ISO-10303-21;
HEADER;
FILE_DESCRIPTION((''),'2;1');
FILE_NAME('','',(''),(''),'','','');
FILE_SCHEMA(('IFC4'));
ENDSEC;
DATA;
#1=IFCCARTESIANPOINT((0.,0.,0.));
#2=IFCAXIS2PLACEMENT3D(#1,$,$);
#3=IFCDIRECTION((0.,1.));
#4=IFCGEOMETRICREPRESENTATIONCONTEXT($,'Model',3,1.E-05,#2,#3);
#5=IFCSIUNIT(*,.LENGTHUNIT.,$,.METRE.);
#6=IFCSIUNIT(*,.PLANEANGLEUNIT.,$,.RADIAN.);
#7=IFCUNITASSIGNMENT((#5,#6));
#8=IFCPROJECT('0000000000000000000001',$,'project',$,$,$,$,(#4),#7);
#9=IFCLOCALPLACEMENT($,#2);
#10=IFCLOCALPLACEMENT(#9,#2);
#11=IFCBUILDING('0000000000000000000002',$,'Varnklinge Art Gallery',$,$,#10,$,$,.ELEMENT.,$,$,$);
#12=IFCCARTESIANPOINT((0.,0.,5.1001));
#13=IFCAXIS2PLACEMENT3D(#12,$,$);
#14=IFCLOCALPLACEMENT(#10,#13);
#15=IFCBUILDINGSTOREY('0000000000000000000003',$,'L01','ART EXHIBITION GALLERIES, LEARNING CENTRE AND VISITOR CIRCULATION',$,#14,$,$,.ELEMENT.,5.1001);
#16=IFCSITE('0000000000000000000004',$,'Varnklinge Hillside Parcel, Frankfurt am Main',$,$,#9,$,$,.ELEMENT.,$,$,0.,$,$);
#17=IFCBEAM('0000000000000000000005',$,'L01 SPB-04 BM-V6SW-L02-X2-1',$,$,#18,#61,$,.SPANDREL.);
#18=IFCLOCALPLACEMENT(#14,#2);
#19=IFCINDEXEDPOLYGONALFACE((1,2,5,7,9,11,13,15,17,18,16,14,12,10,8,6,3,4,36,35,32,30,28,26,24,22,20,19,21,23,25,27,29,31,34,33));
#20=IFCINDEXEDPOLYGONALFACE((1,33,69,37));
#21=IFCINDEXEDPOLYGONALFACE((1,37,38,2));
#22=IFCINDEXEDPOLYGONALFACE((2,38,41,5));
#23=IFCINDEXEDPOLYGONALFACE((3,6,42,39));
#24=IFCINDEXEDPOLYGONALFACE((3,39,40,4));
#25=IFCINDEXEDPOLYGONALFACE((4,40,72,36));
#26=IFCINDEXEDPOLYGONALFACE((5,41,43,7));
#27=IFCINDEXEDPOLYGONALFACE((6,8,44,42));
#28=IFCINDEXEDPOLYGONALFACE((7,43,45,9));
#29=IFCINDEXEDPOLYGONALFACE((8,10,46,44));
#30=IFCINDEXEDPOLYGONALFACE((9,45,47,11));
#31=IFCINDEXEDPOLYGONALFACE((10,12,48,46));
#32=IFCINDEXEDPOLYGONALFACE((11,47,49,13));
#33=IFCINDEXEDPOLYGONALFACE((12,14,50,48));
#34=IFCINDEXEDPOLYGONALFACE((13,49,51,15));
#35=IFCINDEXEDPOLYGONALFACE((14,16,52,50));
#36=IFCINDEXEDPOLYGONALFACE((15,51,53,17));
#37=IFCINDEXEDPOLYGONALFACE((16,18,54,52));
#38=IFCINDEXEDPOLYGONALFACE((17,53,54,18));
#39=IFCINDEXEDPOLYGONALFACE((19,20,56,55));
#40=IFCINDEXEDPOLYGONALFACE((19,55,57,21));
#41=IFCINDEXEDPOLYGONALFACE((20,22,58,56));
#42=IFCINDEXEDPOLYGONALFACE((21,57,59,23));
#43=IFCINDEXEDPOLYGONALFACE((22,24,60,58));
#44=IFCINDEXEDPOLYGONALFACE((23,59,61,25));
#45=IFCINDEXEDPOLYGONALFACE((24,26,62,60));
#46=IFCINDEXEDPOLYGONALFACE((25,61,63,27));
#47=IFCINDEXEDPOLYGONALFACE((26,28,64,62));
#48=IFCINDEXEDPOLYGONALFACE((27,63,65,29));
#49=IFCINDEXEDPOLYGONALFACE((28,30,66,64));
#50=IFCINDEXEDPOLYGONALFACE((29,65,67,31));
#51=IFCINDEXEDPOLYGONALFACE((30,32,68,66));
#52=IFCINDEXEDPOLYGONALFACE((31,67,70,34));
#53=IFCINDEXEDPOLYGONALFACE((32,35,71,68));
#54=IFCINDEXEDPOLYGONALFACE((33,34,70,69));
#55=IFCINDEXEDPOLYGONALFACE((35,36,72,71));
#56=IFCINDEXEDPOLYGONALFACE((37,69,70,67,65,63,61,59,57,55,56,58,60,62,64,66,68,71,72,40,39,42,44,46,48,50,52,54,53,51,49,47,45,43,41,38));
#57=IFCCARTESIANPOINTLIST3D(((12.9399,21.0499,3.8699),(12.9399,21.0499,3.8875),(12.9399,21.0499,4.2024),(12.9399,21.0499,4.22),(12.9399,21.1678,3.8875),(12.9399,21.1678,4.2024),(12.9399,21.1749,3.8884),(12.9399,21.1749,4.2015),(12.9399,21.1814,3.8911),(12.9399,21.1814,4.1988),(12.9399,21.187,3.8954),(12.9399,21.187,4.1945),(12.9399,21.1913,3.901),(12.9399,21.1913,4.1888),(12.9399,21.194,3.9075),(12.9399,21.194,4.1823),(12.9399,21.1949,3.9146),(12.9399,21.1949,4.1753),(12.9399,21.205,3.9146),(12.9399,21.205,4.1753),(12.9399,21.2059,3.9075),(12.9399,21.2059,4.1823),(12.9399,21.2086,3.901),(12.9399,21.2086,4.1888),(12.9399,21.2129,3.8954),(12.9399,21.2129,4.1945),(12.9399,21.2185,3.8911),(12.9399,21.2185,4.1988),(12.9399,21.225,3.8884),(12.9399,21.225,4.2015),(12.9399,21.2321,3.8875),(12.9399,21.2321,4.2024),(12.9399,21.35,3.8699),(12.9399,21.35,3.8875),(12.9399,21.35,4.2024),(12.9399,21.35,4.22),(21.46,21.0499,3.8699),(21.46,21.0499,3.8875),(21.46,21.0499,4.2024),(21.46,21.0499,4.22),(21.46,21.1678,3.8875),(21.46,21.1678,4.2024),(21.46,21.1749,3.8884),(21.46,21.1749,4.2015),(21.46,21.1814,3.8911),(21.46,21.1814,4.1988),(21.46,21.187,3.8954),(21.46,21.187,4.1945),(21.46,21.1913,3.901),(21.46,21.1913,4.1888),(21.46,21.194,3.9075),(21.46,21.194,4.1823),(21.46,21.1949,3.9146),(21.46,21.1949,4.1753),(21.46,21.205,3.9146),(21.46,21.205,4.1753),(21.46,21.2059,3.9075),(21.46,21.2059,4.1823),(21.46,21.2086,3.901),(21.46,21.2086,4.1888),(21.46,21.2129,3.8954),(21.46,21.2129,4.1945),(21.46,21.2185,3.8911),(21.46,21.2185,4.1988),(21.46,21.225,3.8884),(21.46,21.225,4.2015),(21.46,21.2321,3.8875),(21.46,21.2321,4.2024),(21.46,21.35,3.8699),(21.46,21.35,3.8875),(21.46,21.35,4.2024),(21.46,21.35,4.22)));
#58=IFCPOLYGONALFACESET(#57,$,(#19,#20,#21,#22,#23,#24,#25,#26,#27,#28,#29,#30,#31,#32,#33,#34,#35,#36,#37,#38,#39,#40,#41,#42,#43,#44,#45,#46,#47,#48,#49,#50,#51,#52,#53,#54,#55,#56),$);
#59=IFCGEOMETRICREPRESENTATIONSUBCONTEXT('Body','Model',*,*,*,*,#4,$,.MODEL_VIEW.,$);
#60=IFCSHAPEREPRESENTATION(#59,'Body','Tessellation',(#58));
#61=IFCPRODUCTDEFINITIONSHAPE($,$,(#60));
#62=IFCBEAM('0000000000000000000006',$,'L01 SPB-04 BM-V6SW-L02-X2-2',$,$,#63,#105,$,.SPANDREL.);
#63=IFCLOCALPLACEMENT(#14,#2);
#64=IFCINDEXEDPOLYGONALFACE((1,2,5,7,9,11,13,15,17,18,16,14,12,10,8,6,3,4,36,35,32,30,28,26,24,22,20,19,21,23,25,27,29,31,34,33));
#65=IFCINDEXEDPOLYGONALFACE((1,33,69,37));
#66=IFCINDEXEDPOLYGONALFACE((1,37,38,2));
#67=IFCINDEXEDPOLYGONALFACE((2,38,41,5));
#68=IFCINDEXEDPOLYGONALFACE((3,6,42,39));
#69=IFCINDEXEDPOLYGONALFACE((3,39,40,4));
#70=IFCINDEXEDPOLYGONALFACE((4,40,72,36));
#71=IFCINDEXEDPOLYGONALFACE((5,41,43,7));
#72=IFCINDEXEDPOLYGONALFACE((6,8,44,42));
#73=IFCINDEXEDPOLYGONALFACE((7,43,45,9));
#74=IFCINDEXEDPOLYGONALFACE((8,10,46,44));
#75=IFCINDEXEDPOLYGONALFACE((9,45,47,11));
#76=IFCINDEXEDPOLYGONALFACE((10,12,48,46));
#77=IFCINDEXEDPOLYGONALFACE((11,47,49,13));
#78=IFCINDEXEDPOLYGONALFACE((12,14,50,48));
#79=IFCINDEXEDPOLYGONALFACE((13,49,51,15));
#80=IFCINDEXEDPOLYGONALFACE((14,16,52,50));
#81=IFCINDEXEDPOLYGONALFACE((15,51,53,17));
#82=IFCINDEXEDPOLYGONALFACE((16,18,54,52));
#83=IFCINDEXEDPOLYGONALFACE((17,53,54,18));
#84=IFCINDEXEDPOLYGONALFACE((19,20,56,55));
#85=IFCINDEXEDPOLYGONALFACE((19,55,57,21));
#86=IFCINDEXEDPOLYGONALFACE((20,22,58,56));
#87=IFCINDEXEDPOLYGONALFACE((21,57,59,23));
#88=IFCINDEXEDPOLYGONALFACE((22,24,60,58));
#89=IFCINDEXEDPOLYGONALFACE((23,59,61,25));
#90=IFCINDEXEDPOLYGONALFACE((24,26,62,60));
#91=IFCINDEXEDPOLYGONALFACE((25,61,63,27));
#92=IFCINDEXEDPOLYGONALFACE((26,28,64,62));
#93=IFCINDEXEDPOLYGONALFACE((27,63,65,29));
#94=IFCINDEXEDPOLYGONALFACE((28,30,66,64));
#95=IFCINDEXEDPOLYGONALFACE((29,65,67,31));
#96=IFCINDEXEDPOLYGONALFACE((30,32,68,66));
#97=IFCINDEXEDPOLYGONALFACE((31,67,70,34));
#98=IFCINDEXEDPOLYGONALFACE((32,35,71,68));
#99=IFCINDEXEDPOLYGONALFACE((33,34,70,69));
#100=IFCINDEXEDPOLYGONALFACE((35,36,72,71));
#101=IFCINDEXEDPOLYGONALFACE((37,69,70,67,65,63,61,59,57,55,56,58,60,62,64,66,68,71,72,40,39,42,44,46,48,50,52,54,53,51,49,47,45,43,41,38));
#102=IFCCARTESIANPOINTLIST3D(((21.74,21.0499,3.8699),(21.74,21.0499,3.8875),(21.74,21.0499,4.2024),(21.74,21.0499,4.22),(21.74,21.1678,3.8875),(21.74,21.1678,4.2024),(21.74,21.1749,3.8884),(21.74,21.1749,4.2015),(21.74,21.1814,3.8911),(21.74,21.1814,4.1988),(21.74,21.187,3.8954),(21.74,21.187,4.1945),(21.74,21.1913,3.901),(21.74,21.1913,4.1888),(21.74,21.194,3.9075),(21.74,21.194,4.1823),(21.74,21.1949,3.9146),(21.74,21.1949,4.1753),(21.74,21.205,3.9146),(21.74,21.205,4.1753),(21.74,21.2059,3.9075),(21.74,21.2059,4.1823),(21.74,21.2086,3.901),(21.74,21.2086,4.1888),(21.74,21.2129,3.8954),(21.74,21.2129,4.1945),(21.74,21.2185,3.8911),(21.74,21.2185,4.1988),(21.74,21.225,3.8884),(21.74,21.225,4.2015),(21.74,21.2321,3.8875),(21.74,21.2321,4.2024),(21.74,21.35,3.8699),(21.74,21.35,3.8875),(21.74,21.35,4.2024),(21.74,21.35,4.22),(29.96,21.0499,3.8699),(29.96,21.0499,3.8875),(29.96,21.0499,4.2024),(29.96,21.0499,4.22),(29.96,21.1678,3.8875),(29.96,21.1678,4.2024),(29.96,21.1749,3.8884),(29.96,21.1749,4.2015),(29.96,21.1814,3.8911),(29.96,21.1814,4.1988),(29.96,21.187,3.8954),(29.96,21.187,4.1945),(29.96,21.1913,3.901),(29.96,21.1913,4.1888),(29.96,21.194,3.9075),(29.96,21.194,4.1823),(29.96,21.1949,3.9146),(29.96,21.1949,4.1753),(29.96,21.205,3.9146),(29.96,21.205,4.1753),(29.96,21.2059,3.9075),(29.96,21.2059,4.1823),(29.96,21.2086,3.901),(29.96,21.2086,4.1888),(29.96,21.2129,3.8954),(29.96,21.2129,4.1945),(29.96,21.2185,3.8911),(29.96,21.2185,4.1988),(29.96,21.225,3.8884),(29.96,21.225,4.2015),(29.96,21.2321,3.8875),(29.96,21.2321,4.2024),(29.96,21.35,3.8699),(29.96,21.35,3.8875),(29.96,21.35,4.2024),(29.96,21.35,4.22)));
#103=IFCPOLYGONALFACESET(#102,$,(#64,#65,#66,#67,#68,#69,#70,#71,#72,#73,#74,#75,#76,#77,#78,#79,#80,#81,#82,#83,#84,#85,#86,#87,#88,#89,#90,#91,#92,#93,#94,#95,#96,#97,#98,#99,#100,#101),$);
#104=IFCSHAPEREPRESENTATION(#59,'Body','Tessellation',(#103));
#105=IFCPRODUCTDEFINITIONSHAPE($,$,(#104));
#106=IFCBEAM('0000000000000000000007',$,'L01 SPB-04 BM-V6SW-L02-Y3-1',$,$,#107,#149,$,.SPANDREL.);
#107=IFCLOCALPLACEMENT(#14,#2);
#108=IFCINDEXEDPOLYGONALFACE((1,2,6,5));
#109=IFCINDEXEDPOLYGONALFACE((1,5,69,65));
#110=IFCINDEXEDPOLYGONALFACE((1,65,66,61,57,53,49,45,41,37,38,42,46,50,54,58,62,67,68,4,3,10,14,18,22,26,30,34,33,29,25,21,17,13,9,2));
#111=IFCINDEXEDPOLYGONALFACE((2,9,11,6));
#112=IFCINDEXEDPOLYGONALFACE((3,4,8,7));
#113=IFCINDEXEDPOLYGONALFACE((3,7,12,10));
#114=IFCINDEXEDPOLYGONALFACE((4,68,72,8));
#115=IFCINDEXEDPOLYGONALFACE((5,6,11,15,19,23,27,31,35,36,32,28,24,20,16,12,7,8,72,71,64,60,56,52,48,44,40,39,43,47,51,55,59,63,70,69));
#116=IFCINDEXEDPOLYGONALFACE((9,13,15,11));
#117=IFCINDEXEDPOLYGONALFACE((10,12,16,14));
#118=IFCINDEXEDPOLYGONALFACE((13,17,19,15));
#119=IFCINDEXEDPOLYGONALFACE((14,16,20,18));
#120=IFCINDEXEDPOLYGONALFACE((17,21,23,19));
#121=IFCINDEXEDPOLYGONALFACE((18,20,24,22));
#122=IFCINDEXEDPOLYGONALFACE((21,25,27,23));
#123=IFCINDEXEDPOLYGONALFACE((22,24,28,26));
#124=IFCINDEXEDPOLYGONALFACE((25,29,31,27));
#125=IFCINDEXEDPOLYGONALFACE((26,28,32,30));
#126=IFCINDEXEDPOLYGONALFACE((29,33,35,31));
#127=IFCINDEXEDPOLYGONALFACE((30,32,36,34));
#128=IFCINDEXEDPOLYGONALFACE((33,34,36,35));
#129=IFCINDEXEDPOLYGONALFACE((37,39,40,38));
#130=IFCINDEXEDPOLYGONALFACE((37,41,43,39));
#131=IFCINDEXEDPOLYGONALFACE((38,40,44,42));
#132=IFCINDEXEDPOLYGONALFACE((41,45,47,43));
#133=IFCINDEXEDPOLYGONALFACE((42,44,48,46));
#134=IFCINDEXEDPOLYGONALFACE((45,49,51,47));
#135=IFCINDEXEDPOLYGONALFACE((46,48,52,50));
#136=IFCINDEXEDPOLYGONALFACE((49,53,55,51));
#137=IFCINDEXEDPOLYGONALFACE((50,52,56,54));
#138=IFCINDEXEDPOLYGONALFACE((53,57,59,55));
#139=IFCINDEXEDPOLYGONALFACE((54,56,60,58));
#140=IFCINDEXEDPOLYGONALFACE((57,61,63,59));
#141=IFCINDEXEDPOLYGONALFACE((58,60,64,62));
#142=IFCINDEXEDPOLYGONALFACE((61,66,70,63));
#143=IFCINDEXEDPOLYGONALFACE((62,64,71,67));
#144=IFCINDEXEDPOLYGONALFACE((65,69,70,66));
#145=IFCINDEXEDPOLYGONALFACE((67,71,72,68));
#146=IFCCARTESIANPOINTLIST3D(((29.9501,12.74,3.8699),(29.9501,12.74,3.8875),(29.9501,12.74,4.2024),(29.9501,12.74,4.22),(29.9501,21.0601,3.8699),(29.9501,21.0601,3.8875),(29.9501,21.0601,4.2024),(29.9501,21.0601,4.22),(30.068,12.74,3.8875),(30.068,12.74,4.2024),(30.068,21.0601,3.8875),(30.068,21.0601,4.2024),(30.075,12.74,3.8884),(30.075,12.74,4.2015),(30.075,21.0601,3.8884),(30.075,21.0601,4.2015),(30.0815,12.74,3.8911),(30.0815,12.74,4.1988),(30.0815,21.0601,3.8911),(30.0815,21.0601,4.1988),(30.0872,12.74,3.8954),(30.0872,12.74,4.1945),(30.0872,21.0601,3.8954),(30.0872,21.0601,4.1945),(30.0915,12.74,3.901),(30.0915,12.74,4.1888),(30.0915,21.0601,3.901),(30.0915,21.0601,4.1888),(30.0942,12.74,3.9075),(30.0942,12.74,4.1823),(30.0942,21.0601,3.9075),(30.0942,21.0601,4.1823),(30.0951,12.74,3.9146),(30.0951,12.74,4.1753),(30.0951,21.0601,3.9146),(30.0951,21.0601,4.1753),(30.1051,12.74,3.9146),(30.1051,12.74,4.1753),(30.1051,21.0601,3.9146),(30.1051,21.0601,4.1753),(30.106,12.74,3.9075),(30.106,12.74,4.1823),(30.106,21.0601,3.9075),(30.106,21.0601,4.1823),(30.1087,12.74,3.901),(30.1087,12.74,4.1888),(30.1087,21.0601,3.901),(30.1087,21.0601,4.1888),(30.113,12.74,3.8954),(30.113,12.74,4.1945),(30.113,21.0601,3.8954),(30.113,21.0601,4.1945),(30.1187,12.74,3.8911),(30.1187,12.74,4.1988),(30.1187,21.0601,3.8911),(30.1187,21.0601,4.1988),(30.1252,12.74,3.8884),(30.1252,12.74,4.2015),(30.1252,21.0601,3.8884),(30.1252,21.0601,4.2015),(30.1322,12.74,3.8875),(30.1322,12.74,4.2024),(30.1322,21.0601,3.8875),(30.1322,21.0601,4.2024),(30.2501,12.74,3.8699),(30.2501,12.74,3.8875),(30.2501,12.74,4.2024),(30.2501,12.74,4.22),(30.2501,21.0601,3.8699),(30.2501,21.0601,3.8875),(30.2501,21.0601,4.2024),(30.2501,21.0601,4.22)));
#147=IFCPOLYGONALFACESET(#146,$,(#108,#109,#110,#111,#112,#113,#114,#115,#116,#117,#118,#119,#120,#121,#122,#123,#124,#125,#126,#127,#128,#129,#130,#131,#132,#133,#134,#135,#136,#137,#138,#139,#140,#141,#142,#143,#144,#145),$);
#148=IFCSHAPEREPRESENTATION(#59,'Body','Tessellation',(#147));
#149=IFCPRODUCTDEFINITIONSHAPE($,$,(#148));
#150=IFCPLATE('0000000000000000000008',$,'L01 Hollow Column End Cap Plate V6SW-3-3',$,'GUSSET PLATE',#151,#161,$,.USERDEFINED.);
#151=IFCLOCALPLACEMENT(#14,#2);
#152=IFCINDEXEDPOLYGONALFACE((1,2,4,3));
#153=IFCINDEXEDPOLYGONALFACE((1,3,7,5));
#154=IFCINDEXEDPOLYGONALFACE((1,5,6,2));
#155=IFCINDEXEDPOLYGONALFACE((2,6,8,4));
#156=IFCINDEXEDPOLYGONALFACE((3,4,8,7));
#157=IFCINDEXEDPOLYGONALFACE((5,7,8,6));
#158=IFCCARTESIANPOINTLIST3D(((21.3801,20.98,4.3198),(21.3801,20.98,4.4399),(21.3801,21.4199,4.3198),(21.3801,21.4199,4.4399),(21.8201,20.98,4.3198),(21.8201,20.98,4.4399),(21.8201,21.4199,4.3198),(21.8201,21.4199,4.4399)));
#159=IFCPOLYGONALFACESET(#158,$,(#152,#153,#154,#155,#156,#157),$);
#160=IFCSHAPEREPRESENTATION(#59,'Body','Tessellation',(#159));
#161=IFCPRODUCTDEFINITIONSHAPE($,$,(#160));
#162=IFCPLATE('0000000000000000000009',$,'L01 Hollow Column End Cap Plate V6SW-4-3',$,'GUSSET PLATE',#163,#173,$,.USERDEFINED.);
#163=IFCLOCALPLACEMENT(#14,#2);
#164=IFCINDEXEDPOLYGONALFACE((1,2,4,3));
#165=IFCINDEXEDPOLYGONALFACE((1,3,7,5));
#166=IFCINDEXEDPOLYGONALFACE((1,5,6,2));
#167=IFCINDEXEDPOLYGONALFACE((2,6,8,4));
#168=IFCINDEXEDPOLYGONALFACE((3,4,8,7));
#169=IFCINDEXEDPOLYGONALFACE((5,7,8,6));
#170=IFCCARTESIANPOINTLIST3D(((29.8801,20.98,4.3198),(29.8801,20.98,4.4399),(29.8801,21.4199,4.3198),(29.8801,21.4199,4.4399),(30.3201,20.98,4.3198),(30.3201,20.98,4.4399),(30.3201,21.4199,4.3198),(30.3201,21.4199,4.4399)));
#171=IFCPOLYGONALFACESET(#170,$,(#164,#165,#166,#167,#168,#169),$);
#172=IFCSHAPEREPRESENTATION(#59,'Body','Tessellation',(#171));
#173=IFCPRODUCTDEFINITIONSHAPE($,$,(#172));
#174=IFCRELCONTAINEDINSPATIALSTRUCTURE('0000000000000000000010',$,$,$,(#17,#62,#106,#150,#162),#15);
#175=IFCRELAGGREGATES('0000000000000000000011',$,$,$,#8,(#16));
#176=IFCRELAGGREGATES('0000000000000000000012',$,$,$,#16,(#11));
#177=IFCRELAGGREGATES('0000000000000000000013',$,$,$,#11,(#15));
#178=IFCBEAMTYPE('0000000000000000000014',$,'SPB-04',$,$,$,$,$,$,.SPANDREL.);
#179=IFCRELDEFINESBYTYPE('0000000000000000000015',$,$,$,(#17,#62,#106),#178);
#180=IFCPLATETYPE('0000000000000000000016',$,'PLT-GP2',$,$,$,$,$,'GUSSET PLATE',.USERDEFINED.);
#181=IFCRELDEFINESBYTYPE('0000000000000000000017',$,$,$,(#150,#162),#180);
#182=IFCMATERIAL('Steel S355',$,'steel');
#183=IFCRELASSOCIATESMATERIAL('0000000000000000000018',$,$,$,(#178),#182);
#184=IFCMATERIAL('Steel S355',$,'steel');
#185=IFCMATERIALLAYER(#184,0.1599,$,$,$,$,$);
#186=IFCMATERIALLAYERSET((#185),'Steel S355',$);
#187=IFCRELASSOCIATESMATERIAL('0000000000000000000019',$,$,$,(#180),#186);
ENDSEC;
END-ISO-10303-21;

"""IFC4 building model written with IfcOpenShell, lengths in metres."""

from ifc_helpers import new_model, si_unit, direction, frame, origin, origin_2d, place, context, subcontext, project, spatial, rectangle, i_section, extrude, material, layer, layer_set, material_profile, profile_set, type_object, element, save


model = new_model("IFC4")

# Units and contexts
model_context = context("Model", 3, precision=1e-05, world=origin(), true_north=direction((0.0, 1.0)))
body_context = subcontext(model_context, "Body", "Model", "MODEL_VIEW")
ifc_project = project(units=[si_unit("LENGTHUNIT", "METRE"), si_unit("PLANEANGLEUNIT", "RADIAN")], contexts=[model_context])

# Site, building, storey
site_placement = place(None, origin())
site = spatial("IfcSite", under=ifc_project, at=site_placement, Name="Varnklinge Hillside Parcel, Frankfurt am Main", CompositionType="ELEMENT", RefElevation=0.0)
building_placement = place(site_placement, origin())
building = spatial("IfcBuilding", under=site, at=building_placement, Name="Varnklinge Art Gallery", CompositionType="ELEMENT")
storey_placement = place(building_placement, frame((0.0, 0.0, 5.1001)))
storey = spatial("IfcBuildingStorey", under=building, at=storey_placement, Name="L01", Description="ART EXHIBITION GALLERIES, LEARNING CENTRE AND VISITOR CIRCULATION", CompositionType="ELEMENT", Elevation=5.1001)

# Beams
ifc_material_1 = material(Name="Steel S355", Category="steel")
ifc_material_profile_1 = material_profile(ifc_material_1, i_section(OverallWidth=0.3, OverallDepth=0.3501, WebThickness=0.01, FlangeThickness=0.0176, FilletRadius=0.0271, at=origin_2d()), Name="HEA 360")
ifc_profile_set_1 = profile_set([ifc_material_profile_1], Name="Steel S355")
beam_type_1 = type_object("IfcBeamType", Name="SPB-04", PredefinedType="SPANDREL", material=ifc_profile_set_1)
beam_1_placement = place(storey_placement, frame((12.9399, 21.2, 4.0449), z_axis=(1.0, 0.0, 0.0), x_axis=(0.0, 1.0, 0.0)))
element("IfcBeam", 1, at=beam_1_placement, inside=storey, type_object=beam_type_1, Name="L01 SPB-04 BM-V6SW-L02-X2-1", PredefinedType="SPANDREL", context=body_context, shape_type="SweptSolid", body=[
    extrude(i_section(OverallWidth=0.3, OverallDepth=0.3501, WebThickness=0.01, FlangeThickness=0.0176, FilletRadius=0.0271, at=origin_2d()), origin(), (0.0, 0.0, 1.0), 8.52),
])
beam_2_placement = place(storey_placement, frame((21.74, 21.2, 4.0449), z_axis=(1.0, 0.0, 0.0), x_axis=(0.0, 1.0, 0.0)))
element("IfcBeam", 2, at=beam_2_placement, inside=storey, type_object=beam_type_1, Name="L01 SPB-04 BM-V6SW-L02-X2-2", PredefinedType="SPANDREL", context=body_context, shape_type="SweptSolid", body=[
    extrude(i_section(OverallWidth=0.3, OverallDepth=0.3501, WebThickness=0.01, FlangeThickness=0.0176, FilletRadius=0.0271, at=origin_2d()), origin(), (0.0, 0.0, 1.0), 8.22),
])
beam_3_placement = place(storey_placement, frame((30.1001, 12.74, 4.0449), z_axis=(0.0, 1.0, 0.0), x_axis=(-1.0, 0.0, 0.0)))
element("IfcBeam", 3, at=beam_3_placement, inside=storey, type_object=beam_type_1, Name="L01 SPB-04 BM-V6SW-L02-Y3-1", PredefinedType="SPANDREL", context=body_context, shape_type="SweptSolid", body=[
    extrude(i_section(OverallWidth=0.3, OverallDepth=0.3501, WebThickness=0.01, FlangeThickness=0.0176, FilletRadius=0.0271, at=origin_2d()), origin(), (0.0, 0.0, 1.0), 8.3201),
])

# Plates
ifc_material_2 = material(Name="Steel S355", Category="steel")
ifc_layer_1 = layer(ifc_material_2, 0.1599)
ifc_layer_set_1 = layer_set([ifc_layer_1], Name="Steel S355")
plate_type = type_object("IfcPlateType", Name="PLT-GP2", ElementType="GUSSET PLATE", PredefinedType="USERDEFINED", material=ifc_layer_set_1)
for number, where, z_axis, x_axis, name in (
    (4, (21.6001, 21.2, 4.3198), (0.0, 0.0, 1.0), (1.0, 0.0, 0.0), "L01 Hollow Column End Cap Plate V6SW-3-3"),
    (5, (30.1001, 21.2, 4.3198), (0.0, 0.0, 1.0), (1.0, 0.0, 0.0), "L01 Hollow Column End Cap Plate V6SW-4-3"),
):
    element("IfcPlate", number, at=place(storey_placement, frame(where, z_axis=z_axis, x_axis=x_axis)), inside=storey, type_object=plate_type, Name=name, ObjectType="GUSSET PLATE", PredefinedType="USERDEFINED", context=body_context, shape_type="SweptSolid", body=[
        extrude(rectangle(XDim=0.4399, YDim=0.4399, at=origin_2d()), origin(), (0.0, 0.0, 1.0), 0.1201),
    ])

save(model, "model.ifc")
